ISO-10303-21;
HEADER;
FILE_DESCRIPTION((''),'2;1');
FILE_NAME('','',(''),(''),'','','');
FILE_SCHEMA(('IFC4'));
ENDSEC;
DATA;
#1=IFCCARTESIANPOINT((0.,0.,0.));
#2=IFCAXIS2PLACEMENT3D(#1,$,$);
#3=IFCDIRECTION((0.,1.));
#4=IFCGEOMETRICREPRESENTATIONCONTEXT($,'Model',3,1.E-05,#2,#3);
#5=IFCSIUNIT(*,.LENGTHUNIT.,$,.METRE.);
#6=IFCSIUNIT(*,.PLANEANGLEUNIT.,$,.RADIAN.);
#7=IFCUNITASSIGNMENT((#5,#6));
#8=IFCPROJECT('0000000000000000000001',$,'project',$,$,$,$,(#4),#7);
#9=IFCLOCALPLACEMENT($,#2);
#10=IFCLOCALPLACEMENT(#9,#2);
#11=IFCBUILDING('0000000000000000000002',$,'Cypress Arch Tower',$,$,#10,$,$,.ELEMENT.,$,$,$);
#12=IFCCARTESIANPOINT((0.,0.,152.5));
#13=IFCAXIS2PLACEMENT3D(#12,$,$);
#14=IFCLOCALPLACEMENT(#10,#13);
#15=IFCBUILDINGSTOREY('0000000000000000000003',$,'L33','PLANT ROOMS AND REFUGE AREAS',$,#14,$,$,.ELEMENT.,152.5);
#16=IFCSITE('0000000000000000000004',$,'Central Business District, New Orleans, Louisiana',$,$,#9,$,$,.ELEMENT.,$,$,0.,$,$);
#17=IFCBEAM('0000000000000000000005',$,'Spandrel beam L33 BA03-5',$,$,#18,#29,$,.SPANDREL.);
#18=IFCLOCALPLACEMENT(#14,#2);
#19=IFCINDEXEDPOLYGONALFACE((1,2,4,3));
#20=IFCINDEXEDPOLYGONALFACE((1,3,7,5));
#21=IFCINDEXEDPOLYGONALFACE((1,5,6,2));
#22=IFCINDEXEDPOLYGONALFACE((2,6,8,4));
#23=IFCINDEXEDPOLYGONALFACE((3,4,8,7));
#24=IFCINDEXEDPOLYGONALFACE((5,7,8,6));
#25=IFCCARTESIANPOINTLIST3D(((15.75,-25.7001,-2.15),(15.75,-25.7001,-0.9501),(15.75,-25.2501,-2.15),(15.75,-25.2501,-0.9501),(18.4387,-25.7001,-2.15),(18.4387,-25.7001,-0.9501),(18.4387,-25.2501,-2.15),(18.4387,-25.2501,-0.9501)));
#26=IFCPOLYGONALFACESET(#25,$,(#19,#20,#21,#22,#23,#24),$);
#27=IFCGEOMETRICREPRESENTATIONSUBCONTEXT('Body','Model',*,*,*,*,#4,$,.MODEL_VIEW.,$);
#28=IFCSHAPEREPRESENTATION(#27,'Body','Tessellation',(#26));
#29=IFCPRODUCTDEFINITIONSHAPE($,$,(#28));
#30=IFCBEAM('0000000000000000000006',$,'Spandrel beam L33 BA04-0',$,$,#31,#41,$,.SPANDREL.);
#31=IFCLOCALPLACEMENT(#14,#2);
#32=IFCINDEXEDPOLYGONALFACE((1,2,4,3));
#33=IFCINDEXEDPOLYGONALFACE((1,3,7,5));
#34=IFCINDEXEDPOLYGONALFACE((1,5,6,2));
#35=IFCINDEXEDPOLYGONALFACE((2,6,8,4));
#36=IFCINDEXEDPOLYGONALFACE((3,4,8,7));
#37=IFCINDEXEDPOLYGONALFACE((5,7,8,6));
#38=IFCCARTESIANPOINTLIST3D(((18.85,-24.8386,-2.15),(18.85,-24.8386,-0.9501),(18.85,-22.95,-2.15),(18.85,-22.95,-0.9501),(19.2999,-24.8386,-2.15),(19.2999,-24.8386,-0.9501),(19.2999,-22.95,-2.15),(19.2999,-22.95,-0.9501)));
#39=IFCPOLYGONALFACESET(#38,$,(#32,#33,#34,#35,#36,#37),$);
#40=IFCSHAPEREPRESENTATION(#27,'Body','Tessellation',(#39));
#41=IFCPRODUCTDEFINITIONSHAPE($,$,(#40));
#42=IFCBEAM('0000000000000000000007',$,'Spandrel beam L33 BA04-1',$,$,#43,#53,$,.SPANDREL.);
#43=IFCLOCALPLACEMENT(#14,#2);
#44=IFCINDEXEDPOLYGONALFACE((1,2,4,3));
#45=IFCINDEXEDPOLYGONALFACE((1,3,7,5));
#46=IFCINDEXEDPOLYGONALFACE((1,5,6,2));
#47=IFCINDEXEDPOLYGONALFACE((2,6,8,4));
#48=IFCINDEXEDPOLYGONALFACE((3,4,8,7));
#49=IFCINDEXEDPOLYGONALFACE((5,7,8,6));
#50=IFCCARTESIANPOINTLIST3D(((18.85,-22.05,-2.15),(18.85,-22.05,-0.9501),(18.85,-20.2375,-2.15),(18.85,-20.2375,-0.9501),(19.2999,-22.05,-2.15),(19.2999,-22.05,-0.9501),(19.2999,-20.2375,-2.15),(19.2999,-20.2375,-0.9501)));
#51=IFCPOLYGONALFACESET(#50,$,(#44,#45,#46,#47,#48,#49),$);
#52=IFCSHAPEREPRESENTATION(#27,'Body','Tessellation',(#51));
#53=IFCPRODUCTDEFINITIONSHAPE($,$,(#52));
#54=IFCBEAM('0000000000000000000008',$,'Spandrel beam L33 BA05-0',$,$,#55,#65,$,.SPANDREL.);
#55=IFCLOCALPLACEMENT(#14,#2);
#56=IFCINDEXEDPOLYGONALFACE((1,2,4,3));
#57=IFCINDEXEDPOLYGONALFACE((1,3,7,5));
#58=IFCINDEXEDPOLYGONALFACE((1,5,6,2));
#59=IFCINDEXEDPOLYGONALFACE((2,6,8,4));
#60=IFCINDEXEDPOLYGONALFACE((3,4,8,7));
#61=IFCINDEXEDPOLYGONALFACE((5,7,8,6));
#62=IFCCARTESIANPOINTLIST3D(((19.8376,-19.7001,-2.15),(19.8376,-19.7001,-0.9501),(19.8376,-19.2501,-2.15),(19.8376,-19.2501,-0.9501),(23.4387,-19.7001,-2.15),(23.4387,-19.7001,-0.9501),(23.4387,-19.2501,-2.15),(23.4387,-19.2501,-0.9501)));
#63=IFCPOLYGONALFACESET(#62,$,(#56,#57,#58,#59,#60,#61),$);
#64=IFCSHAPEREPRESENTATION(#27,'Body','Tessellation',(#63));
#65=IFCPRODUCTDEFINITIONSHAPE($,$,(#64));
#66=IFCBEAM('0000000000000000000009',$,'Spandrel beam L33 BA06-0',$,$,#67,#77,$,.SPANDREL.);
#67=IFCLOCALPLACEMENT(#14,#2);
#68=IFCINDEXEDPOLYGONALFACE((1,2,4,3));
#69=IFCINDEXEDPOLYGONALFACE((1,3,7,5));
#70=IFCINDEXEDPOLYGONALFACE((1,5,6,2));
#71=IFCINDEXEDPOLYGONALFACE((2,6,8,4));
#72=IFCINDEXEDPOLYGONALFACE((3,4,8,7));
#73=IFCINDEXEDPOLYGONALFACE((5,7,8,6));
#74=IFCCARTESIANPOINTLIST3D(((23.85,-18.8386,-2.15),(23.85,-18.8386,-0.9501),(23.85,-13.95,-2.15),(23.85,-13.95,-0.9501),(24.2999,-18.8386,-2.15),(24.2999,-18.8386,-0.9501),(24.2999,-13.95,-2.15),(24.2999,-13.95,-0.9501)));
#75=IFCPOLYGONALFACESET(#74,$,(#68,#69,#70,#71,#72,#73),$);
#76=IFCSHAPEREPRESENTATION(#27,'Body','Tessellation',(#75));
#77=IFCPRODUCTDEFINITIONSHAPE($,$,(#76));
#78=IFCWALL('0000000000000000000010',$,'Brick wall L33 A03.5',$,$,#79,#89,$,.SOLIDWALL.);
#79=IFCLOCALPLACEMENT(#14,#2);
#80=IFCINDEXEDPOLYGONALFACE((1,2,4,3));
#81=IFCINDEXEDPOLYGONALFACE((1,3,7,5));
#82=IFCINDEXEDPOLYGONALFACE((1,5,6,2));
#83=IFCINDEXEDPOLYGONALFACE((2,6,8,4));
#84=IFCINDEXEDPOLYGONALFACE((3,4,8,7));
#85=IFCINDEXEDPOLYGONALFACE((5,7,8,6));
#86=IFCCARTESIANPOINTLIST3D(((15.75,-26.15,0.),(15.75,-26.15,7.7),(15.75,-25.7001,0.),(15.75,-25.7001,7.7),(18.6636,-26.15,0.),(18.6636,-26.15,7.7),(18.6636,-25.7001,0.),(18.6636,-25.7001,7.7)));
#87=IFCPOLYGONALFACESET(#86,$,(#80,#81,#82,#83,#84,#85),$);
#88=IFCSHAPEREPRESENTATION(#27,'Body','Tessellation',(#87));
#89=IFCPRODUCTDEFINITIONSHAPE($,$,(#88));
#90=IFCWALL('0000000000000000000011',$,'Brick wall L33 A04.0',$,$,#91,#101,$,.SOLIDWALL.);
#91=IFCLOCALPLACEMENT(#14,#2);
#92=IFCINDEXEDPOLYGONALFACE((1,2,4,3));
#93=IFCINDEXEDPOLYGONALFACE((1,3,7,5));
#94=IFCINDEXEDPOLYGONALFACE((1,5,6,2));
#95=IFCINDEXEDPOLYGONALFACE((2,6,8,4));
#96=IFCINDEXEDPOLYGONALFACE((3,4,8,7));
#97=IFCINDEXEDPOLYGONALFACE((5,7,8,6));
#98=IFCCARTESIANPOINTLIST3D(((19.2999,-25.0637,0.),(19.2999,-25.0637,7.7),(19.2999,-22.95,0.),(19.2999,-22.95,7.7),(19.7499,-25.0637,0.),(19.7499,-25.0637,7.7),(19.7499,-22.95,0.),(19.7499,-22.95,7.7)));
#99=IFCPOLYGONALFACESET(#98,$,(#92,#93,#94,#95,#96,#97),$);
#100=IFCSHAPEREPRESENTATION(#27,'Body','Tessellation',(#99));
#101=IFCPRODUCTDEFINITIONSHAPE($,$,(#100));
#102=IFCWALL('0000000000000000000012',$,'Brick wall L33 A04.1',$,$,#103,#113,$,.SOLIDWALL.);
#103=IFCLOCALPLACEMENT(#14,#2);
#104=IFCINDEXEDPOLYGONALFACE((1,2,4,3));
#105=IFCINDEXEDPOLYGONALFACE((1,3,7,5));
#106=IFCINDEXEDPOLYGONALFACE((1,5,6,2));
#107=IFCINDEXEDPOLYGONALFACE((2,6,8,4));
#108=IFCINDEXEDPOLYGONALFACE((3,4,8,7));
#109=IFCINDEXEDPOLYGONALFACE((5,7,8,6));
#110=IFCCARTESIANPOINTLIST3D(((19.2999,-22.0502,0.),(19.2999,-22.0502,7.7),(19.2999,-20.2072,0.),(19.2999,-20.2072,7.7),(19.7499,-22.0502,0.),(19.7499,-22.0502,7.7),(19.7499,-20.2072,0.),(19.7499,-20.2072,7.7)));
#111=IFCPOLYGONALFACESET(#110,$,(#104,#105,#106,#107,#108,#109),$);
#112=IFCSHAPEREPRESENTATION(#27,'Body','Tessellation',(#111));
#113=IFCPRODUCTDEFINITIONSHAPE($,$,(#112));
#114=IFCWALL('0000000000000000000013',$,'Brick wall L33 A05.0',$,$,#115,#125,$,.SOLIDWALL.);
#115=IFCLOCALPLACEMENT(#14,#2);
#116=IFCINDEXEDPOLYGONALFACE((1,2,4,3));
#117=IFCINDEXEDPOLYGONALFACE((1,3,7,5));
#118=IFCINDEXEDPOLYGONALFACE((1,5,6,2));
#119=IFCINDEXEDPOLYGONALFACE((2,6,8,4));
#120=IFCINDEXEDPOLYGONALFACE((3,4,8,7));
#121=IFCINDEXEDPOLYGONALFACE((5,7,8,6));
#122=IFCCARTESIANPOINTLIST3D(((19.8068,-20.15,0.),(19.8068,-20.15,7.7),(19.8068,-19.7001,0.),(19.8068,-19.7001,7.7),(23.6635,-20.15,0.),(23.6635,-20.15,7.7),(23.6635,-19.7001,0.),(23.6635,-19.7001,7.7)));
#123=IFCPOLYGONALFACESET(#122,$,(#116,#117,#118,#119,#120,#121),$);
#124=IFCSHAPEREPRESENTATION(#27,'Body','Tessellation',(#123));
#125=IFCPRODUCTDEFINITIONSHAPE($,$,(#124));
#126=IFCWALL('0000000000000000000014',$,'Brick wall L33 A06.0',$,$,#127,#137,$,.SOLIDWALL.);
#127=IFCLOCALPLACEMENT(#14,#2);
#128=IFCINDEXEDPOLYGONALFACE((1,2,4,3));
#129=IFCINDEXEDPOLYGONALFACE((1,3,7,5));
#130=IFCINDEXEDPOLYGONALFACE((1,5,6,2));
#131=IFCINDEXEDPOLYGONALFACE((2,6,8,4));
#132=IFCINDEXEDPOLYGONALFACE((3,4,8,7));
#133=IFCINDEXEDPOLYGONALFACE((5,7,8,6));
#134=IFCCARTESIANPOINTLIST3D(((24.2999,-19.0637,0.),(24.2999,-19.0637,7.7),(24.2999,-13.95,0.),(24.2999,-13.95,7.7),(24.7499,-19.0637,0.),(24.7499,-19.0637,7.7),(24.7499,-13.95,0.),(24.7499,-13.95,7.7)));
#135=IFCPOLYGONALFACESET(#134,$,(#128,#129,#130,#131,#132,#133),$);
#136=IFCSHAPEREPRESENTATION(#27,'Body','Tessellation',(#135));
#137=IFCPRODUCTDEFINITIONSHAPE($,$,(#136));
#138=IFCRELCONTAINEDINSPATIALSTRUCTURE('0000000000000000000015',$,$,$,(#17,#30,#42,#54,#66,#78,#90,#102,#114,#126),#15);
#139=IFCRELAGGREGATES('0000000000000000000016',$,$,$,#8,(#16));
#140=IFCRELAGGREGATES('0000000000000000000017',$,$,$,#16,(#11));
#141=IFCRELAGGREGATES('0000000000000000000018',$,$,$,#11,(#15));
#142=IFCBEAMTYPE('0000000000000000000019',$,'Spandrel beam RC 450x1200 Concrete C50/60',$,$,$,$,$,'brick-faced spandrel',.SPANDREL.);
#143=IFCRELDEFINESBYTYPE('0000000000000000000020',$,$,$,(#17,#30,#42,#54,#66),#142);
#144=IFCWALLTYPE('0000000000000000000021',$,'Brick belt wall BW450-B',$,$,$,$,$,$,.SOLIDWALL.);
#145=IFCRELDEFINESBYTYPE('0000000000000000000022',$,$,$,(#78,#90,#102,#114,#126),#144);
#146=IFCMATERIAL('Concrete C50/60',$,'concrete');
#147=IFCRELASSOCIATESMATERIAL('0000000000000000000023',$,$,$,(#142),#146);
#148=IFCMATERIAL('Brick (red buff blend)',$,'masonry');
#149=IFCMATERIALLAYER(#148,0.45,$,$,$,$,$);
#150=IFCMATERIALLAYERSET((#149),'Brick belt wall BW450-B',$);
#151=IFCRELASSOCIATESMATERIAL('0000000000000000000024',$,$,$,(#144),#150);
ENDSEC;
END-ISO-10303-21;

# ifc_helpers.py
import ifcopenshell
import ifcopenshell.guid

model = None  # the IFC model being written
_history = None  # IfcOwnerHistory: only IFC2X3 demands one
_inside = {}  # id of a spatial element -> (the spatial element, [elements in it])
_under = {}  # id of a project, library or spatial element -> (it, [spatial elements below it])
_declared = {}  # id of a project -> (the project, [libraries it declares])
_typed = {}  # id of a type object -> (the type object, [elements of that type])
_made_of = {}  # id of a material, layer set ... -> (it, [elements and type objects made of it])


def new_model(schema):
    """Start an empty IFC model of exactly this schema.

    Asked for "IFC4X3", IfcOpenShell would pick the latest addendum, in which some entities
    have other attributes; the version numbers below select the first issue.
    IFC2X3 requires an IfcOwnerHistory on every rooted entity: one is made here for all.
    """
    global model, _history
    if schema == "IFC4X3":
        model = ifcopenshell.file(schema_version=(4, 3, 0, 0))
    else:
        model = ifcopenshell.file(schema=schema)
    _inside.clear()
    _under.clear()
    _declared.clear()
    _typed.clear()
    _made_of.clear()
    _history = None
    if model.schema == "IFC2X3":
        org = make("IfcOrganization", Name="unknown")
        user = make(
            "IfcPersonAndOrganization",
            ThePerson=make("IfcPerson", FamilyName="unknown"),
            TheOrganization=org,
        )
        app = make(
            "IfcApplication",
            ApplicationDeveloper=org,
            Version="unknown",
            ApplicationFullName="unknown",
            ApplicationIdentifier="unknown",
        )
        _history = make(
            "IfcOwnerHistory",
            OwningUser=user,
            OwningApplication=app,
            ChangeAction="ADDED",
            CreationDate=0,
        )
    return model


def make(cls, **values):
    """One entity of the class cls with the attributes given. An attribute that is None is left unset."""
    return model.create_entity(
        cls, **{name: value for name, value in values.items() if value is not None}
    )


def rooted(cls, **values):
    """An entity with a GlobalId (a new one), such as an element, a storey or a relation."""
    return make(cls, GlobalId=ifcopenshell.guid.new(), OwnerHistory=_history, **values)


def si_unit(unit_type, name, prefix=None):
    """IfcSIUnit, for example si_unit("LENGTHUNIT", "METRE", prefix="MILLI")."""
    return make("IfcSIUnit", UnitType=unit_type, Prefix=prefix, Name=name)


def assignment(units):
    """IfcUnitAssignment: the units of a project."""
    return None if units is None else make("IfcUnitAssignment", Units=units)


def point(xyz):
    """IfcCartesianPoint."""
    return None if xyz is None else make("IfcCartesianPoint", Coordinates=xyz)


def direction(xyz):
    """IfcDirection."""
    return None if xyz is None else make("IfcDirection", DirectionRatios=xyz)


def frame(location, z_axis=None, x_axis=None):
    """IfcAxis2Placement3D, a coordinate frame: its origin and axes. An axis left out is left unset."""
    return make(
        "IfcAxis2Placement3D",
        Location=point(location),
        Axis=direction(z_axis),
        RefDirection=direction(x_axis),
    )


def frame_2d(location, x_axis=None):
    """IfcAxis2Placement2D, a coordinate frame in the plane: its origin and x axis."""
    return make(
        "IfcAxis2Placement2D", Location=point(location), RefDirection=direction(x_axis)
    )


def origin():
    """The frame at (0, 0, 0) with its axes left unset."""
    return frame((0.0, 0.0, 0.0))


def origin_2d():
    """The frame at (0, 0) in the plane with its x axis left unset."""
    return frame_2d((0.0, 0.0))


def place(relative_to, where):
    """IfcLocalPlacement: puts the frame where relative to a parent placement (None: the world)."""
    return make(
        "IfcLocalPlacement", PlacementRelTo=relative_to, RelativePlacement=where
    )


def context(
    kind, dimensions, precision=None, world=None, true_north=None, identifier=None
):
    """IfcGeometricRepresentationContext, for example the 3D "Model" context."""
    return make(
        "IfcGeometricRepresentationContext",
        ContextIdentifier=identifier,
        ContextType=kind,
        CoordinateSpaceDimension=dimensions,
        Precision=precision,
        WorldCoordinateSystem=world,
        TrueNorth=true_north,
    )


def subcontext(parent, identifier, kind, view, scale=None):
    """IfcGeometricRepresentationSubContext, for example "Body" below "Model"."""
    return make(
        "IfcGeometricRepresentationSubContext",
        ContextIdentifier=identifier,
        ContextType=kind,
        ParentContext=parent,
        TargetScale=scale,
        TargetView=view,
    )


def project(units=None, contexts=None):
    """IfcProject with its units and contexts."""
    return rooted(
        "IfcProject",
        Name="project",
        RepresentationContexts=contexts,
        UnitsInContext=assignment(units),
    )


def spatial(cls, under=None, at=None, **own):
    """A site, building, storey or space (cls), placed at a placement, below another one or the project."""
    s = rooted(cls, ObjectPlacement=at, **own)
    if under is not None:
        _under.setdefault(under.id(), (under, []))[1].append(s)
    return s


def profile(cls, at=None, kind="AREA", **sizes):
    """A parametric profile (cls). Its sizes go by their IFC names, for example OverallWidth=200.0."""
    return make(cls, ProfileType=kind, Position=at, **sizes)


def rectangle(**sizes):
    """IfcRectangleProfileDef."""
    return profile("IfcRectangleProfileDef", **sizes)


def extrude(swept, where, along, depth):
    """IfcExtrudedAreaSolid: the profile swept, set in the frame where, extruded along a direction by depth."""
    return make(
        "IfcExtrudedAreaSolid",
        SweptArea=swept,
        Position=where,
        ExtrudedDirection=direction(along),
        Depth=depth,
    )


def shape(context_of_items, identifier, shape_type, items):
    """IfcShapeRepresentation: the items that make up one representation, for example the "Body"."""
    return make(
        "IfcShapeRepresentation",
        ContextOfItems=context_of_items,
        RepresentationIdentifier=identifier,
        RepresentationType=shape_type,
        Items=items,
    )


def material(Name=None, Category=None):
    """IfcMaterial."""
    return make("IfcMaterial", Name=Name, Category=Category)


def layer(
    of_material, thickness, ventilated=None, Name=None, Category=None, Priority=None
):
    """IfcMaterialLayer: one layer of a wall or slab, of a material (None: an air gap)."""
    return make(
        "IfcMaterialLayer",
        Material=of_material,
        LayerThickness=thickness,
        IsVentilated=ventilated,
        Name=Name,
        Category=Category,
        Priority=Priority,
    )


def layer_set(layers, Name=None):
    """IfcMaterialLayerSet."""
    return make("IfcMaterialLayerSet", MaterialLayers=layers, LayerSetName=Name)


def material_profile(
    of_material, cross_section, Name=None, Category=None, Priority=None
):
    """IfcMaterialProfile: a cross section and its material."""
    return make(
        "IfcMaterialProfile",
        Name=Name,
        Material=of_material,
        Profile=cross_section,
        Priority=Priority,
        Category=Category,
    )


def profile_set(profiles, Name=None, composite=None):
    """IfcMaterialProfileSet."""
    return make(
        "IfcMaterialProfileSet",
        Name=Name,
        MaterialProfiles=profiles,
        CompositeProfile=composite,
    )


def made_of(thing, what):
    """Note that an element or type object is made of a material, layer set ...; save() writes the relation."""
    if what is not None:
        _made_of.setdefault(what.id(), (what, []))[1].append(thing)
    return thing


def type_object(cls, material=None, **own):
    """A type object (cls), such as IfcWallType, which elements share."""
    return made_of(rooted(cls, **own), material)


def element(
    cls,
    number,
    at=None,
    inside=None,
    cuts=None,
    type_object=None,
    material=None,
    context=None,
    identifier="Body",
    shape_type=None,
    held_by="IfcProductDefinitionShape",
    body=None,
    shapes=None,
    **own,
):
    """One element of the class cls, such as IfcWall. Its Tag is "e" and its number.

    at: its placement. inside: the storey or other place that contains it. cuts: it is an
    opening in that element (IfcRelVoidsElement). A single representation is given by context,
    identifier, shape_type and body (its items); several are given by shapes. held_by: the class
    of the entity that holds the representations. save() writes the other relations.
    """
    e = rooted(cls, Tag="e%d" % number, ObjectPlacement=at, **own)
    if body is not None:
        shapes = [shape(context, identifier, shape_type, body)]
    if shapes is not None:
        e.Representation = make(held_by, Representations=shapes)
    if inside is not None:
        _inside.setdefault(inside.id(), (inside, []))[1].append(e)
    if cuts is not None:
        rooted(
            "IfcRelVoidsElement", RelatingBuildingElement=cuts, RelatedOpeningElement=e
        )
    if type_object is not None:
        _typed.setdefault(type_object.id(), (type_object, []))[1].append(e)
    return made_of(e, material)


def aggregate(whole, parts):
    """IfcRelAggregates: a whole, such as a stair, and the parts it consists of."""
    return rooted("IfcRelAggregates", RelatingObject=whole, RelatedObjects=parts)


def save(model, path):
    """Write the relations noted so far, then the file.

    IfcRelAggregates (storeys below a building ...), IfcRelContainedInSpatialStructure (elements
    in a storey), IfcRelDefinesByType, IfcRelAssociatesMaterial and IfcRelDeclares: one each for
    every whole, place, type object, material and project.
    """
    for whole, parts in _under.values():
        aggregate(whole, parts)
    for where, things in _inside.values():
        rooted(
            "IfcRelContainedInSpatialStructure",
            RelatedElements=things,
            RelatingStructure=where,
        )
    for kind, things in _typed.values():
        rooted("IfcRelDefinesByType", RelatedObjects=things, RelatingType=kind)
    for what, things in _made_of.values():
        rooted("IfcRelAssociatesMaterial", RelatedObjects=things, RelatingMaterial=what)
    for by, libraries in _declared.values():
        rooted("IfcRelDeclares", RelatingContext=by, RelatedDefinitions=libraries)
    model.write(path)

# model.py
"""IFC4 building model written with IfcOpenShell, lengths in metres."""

from ifc_helpers import new_model, si_unit, direction, frame, frame_2d, origin, origin_2d, place, context, subcontext, project, spatial, rectangle, extrude, material, layer, layer_set, material_profile, profile_set, type_object, element, save


model = new_model("IFC4")

# Units and contexts
model_context = context("Model", 3, precision=1e-05, world=origin(), true_north=direction((0.0, 1.0)))
body_context = subcontext(model_context, "Body", "Model", "MODEL_VIEW")
ifc_project = project(units=[si_unit("LENGTHUNIT", "METRE"), si_unit("PLANEANGLEUNIT", "RADIAN")], contexts=[model_context])

# Site, building, storey
site_placement = place(None, origin())
site = spatial("IfcSite", under=ifc_project, at=site_placement, Name="Central Business District, New Orleans, Louisiana", CompositionType="ELEMENT", RefElevation=0.0)
building_placement = place(site_placement, origin())
building = spatial("IfcBuilding", under=site, at=building_placement, Name="Cypress Arch Tower", CompositionType="ELEMENT")
storey_placement = place(building_placement, frame((0.0, 0.0, 152.5)))
storey = spatial("IfcBuildingStorey", under=building, at=storey_placement, Name="L33", Description="PLANT ROOMS AND REFUGE AREAS", CompositionType="ELEMENT", Elevation=152.5)

# Beams
ifc_material_1 = material(Name="Concrete C50/60", Category="concrete")
ifc_material_profile_1 = material_profile(ifc_material_1, rectangle(XDim=0.45, YDim=1.2, at=origin_2d()), Name="RC 450x1200")
ifc_profile_set_1 = profile_set([ifc_material_profile_1], Name="Concrete C50/60")
beam_type_1 = type_object("IfcBeamType", Name="Spandrel beam RC 450x1200 Concrete C50/60", ElementType="brick-faced spandrel", PredefinedType="SPANDREL", material=ifc_profile_set_1)
beam_1_placement = place(storey_placement, frame((15.75, -25.4751, -1.55), z_axis=(1.0, 0.0, 0.0), x_axis=(0.0, 1.0, 0.0)))
element("IfcBeam", 1, at=beam_1_placement, inside=storey, type_object=beam_type_1, Name="Spandrel beam L33 BA03-5", PredefinedType="SPANDREL", context=body_context, shape_type="SweptSolid", body=[
    extrude(rectangle(XDim=0.45, YDim=1.2, at=origin_2d()), origin(), (0.0, 0.0, 1.0), 2.6887),
])
beam_2_placement = place(storey_placement, frame((19.075, -24.8386, -1.55), z_axis=(0.0, 1.0, 0.0), x_axis=(-1.0, 0.0, 0.0)))
element("IfcBeam", 2, at=beam_2_placement, inside=storey, type_object=beam_type_1, Name="Spandrel beam L33 BA04-0", PredefinedType="SPANDREL", context=body_context, shape_type="SweptSolid", body=[
    extrude(rectangle(XDim=0.45, YDim=1.2, at=origin_2d()), origin(), (0.0, 0.0, 1.0), 1.8887),
])
beam_3_placement = place(storey_placement, frame((19.075, -22.05, -1.55), z_axis=(0.0, 1.0, 0.0), x_axis=(-1.0, 0.0, 0.0)))
element("IfcBeam", 3, at=beam_3_placement, inside=storey, type_object=beam_type_1, Name="Spandrel beam L33 BA04-1", PredefinedType="SPANDREL", context=body_context, shape_type="SweptSolid", body=[
    extrude(rectangle(XDim=0.45, YDim=1.2, at=origin_2d()), origin(), (0.0, 0.0, 1.0), 1.8125),
])
beam_4_placement = place(storey_placement, frame((19.8376, -19.4751, -1.55), z_axis=(1.0, 0.0, 0.0), x_axis=(0.0, 1.0, 0.0)))
element("IfcBeam", 4, at=beam_4_placement, inside=storey, type_object=beam_type_1, Name="Spandrel beam L33 BA05-0", PredefinedType="SPANDREL", context=body_context, shape_type="SweptSolid", body=[
    extrude(rectangle(XDim=0.45, YDim=1.2, at=origin_2d()), origin(), (0.0, 0.0, 1.0), 3.6011),
])
beam_5_placement = place(storey_placement, frame((24.075, -18.8386, -1.55), z_axis=(0.0, 1.0, 0.0), x_axis=(-1.0, 0.0, 0.0)))
element("IfcBeam", 5, at=beam_5_placement, inside=storey, type_object=beam_type_1, Name="Spandrel beam L33 BA06-0", PredefinedType="SPANDREL", context=body_context, shape_type="SweptSolid", body=[
    extrude(rectangle(XDim=0.45, YDim=1.2, at=origin_2d()), origin(), (0.0, 0.0, 1.0), 4.8887),
])

# Walls
ifc_material_2 = material(Name="Brick (red buff blend)", Category="masonry")
ifc_layer = layer(ifc_material_2, 0.45)
ifc_layer_set = layer_set([ifc_layer], Name="Brick belt wall BW450-B")
wall_type = type_object("IfcWallType", Name="Brick belt wall BW450-B", PredefinedType="SOLIDWALL", material=ifc_layer_set)
wall_1_placement = place(storey_placement, frame((15.75, -25.925, 0.0), z_axis=(0.0, 0.0, 1.0), x_axis=(1.0, 0.0, 0.0)))
element("IfcWall", 6, at=wall_1_placement, inside=storey, type_object=wall_type, Name="Brick wall L33 A03.5", PredefinedType="SOLIDWALL", context=body_context, shape_type="SweptSolid", body=[
    extrude(rectangle(XDim=2.9136, YDim=0.45, at=frame_2d((1.4568, 0.0))), origin(), (0.0, 0.0, 1.0), 7.7),
])
wall_2_placement = place(storey_placement, frame((19.5249, -25.0637, 0.0), z_axis=(0.0, 0.0, 1.0), x_axis=(0.0, 1.0, 0.0)))
element("IfcWall", 7, at=wall_2_placement, inside=storey, type_object=wall_type, Name="Brick wall L33 A04.0", PredefinedType="SOLIDWALL", context=body_context, shape_type="SweptSolid", body=[
    extrude(rectangle(XDim=2.1138, YDim=0.45, at=frame_2d((1.0569, 0.0))), origin(), (0.0, 0.0, 1.0), 7.7),
])
wall_3_placement = place(storey_placement, frame((19.5249, -22.05, 0.0), z_axis=(0.0, 0.0, 1.0), x_axis=(0.0, 1.0, 0.0)))
element("IfcWall", 8, at=wall_3_placement, inside=storey, type_object=wall_type, Name="Brick wall L33 A04.1", PredefinedType="SOLIDWALL", context=body_context, shape_type="SweptSolid", body=[
    extrude(rectangle(XDim=1.843, YDim=0.45, at=frame_2d((0.9214, 0.0))), origin(), (0.0, 0.0, 1.0), 7.7),
])
wall_4_placement = place(storey_placement, frame((19.8069, -19.925, 0.0), z_axis=(0.0, 0.0, 1.0), x_axis=(1.0, 0.0, 0.0)))
element("IfcWall", 9, at=wall_4_placement, inside=storey, type_object=wall_type, Name="Brick wall L33 A05.0", PredefinedType="SOLIDWALL", context=body_context, shape_type="SweptSolid", body=[
    extrude(rectangle(XDim=3.8567, YDim=0.45, at=frame_2d((1.9282, 0.0))), origin(), (0.0, 0.0, 1.0), 7.7),
])
wall_5_placement = place(storey_placement, frame((24.5249, -19.0637, 0.0), z_axis=(0.0, 0.0, 1.0), x_axis=(0.0, 1.0, 0.0)))
element("IfcWall", 10, at=wall_5_placement, inside=storey, type_object=wall_type, Name="Brick wall L33 A06.0", PredefinedType="SOLIDWALL", context=body_context, shape_type="SweptSolid", body=[
    extrude(rectangle(XDim=5.1138, YDim=0.45, at=frame_2d((2.5569, 0.0))), origin(), (0.0, 0.0, 1.0), 7.7),
])

save(model, "model.ifc")
